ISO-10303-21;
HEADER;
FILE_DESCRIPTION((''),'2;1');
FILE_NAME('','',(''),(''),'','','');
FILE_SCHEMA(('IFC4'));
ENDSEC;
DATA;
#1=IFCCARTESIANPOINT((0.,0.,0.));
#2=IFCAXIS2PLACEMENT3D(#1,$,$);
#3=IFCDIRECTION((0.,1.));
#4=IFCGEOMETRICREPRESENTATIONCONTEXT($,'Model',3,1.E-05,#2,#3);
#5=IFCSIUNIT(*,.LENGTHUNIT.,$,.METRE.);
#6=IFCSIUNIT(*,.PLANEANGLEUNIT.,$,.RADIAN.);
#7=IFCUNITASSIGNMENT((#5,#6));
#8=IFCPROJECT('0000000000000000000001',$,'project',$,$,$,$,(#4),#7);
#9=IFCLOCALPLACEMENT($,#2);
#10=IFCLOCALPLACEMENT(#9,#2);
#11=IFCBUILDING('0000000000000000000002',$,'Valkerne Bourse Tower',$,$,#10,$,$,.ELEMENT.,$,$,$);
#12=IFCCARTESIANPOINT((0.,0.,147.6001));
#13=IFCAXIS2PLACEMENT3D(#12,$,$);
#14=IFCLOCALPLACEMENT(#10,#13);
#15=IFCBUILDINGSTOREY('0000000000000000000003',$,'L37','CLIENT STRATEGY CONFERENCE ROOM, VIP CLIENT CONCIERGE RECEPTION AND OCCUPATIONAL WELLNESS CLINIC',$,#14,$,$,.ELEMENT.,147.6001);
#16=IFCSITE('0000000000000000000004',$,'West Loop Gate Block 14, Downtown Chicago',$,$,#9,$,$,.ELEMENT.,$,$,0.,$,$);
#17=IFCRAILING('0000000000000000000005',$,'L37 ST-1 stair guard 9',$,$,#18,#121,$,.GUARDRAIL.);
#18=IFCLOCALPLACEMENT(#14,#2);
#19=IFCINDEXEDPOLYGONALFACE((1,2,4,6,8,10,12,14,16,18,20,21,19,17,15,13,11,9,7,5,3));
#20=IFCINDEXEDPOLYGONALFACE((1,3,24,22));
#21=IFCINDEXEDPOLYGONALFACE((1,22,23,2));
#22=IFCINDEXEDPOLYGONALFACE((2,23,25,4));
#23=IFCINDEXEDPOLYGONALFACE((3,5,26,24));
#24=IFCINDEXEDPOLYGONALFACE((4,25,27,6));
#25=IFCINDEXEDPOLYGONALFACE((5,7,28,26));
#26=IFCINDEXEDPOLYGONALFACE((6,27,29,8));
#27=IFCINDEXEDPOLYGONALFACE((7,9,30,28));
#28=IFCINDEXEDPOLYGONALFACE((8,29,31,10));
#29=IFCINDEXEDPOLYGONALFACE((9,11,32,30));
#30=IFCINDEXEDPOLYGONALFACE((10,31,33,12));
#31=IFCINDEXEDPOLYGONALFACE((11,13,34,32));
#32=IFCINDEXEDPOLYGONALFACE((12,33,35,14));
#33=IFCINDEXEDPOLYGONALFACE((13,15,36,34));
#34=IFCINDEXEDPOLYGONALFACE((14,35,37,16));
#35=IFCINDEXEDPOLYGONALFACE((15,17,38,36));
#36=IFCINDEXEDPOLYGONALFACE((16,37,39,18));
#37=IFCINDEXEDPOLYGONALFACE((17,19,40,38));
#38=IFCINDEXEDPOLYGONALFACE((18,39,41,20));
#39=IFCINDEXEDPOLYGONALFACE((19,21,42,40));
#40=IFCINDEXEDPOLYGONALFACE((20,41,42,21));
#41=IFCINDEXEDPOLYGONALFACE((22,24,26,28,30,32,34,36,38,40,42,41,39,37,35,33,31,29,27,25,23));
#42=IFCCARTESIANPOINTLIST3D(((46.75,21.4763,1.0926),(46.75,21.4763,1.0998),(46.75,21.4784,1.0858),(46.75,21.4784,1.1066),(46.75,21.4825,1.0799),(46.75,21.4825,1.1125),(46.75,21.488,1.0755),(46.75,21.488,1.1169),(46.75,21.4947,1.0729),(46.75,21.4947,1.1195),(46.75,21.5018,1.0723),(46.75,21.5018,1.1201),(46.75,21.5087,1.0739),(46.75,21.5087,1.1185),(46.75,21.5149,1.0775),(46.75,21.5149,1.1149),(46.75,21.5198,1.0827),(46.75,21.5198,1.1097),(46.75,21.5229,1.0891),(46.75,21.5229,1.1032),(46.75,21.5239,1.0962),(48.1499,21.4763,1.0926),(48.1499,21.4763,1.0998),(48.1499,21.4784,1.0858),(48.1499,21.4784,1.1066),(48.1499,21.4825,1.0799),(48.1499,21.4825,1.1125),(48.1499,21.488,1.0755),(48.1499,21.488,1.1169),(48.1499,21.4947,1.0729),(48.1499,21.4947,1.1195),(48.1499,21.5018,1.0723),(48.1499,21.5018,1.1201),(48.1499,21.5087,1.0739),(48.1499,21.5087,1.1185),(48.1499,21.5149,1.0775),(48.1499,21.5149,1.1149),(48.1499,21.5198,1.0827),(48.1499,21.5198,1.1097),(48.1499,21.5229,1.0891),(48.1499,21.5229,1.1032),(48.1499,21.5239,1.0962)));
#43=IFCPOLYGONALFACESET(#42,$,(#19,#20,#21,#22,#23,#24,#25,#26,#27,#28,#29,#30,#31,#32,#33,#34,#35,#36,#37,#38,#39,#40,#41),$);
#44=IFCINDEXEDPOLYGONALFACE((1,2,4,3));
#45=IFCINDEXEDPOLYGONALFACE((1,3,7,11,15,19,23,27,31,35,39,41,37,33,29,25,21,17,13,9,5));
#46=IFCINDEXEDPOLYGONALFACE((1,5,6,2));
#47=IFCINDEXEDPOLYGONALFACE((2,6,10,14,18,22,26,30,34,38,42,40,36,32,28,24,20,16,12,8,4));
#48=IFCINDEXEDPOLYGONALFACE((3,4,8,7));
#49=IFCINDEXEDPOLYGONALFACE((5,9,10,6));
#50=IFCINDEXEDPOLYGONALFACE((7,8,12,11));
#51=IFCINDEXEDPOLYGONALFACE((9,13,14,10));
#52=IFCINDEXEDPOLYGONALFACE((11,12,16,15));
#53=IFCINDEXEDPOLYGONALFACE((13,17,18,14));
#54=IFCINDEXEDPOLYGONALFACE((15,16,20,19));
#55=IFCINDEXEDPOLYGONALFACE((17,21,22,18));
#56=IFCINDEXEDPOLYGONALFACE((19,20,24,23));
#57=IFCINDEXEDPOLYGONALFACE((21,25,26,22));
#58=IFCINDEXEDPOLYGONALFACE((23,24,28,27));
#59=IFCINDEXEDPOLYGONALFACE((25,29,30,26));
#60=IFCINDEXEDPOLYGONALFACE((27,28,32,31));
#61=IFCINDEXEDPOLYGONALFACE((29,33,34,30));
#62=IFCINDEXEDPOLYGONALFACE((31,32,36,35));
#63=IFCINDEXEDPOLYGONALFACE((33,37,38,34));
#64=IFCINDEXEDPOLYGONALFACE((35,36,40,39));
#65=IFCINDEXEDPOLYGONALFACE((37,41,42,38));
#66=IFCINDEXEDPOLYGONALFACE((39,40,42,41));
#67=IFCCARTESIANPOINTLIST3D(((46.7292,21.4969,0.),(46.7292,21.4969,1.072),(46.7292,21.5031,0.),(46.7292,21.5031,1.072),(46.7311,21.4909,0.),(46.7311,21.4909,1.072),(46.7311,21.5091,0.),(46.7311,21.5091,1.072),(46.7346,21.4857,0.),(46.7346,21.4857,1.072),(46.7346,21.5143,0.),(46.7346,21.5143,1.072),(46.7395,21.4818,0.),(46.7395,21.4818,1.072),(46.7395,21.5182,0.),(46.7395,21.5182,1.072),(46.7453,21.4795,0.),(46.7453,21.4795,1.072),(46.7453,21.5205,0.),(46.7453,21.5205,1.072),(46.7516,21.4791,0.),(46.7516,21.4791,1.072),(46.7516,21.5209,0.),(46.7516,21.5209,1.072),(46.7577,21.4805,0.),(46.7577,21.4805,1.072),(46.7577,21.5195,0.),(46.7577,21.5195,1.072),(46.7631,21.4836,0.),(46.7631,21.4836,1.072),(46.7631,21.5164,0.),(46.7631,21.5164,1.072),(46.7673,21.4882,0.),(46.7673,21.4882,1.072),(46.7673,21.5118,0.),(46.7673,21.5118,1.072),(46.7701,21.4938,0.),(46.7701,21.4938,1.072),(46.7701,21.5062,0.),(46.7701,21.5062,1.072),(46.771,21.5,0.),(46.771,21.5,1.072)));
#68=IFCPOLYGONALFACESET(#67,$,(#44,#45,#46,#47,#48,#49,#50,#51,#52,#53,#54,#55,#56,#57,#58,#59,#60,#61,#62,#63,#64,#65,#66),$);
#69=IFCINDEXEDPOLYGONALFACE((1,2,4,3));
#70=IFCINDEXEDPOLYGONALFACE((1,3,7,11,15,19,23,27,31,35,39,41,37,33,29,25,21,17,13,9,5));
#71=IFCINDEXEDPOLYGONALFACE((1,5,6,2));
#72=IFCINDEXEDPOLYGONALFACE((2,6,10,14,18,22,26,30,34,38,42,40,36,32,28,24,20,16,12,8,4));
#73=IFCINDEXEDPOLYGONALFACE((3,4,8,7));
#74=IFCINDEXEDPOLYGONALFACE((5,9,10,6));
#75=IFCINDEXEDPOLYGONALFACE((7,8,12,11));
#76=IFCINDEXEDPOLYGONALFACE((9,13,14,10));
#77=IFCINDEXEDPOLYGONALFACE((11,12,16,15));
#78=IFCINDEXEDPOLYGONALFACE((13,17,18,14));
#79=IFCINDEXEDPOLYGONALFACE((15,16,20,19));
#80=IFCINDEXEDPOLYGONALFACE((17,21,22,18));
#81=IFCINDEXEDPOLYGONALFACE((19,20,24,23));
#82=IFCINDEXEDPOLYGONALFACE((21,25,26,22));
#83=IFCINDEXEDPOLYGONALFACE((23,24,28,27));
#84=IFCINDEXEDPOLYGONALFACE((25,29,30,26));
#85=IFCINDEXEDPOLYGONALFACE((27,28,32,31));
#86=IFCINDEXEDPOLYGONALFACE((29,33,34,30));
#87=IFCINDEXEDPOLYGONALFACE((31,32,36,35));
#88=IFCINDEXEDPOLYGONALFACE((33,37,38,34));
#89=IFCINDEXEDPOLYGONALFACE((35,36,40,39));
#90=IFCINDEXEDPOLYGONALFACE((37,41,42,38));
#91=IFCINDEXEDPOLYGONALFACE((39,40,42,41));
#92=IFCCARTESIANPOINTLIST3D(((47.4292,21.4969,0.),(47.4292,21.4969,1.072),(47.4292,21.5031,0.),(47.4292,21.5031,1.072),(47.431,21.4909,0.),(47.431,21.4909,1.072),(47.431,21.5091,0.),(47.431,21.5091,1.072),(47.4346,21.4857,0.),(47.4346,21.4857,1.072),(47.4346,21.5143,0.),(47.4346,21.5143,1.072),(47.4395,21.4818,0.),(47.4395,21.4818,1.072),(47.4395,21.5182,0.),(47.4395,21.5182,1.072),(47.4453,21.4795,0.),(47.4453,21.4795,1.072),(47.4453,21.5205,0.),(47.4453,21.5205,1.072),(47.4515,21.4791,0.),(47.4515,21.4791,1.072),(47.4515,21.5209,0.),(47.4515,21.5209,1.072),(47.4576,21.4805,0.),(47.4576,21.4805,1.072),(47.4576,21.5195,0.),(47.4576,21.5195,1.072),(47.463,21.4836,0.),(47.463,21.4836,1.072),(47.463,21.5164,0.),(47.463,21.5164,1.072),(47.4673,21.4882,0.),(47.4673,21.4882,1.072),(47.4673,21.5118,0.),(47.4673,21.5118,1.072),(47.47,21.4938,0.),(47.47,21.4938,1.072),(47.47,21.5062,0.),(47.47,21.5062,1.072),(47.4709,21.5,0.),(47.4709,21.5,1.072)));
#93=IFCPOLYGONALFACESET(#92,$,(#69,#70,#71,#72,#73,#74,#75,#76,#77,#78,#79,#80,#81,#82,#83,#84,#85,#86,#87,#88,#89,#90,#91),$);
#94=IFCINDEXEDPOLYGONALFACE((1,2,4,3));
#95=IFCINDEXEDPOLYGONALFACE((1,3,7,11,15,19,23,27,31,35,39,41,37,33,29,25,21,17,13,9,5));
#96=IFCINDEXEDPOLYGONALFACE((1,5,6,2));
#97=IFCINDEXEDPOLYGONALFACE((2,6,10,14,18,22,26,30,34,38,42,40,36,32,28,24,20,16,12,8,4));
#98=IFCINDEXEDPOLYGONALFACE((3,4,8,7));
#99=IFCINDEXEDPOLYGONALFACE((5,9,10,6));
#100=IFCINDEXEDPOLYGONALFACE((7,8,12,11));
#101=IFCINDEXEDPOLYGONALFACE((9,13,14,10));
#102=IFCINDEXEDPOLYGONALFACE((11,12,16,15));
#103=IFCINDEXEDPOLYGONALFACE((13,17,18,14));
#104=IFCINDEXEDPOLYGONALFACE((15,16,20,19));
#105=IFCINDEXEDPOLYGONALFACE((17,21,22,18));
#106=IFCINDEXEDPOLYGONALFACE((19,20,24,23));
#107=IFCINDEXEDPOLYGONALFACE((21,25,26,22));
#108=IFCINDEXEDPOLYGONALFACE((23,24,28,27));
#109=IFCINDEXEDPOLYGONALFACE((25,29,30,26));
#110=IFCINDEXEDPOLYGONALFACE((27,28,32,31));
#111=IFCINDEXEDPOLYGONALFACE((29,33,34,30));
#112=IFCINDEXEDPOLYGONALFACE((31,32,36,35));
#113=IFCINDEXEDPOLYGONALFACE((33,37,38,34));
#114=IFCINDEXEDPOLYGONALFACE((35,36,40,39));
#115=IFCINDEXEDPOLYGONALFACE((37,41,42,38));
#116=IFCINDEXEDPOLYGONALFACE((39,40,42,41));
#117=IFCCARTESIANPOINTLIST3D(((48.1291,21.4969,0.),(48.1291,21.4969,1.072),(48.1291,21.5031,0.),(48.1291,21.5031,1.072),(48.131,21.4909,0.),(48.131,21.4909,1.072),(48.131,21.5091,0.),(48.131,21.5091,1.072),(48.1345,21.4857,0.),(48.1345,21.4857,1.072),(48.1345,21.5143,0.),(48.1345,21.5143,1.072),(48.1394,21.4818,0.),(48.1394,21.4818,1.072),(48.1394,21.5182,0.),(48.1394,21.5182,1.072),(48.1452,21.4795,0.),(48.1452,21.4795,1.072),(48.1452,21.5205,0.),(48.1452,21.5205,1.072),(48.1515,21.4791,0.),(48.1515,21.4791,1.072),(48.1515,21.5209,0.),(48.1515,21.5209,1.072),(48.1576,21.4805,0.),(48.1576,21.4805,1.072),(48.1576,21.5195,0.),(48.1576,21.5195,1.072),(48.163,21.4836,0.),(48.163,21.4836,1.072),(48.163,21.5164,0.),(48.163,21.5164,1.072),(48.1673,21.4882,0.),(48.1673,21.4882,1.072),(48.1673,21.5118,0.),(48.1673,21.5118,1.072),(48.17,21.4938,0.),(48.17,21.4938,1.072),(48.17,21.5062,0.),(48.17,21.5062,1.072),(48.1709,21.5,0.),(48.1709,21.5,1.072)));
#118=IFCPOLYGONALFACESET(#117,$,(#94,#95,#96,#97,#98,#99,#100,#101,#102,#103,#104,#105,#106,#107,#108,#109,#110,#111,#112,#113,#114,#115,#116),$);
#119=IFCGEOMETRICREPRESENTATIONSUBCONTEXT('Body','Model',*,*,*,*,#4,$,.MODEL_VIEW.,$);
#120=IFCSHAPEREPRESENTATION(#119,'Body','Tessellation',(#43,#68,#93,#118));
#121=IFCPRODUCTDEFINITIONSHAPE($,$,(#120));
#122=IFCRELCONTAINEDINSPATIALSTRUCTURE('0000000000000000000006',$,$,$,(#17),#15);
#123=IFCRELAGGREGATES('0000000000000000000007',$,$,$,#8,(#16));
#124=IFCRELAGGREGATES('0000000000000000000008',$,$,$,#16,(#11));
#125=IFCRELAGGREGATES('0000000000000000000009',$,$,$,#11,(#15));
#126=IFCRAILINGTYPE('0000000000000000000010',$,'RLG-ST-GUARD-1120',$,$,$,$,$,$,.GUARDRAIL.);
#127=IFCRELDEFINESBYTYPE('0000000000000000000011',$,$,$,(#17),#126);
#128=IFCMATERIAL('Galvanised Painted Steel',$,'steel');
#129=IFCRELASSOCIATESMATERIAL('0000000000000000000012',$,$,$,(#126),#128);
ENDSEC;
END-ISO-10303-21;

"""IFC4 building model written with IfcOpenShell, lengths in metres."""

from ifc_helpers import new_model, si_unit, direction, frame, origin, origin_2d, place, context, subcontext, project, spatial, circle, extrude, material, type_object, element, save


model = new_model("IFC4")

# Units and contexts
model_context = context("Model", 3, precision=1e-05, world=origin(), true_north=direction((0.0, 1.0)))
body_context = subcontext(model_context, "Body", "Model", "MODEL_VIEW")
ifc_project = project(units=[si_unit("LENGTHUNIT", "METRE"), si_unit("PLANEANGLEUNIT", "RADIAN")], contexts=[model_context])

# Site, building, storey
site_placement = place(None, origin())
site = spatial("IfcSite", under=ifc_project, at=site_placement, Name="West Loop Gate Block 14, Downtown Chicago", CompositionType="ELEMENT", RefElevation=0.0)
building_placement = place(site_placement, origin())
building = spatial("IfcBuilding", under=site, at=building_placement, Name="Valkerne Bourse Tower", CompositionType="ELEMENT")
storey_placement = place(building_placement, frame((0.0, 0.0, 147.6001)))
storey = spatial("IfcBuildingStorey", under=building, at=storey_placement, Name="L37", Description="CLIENT STRATEGY CONFERENCE ROOM, VIP CLIENT CONCIERGE RECEPTION AND OCCUPATIONAL WELLNESS CLINIC", CompositionType="ELEMENT", Elevation=147.6001)

# Shared definitions
ifc_material_1 = material(Name="Galvanised Painted Steel", Category="steel")

# Railing
railing_type_1 = type_object("IfcRailingType", Name="RLG-ST-GUARD-1120", PredefinedType="GUARDRAIL", material=ifc_material_1)
for number, where, name in (
    (1, (46.75, 21.5, 0.0), "L37 ST-1 stair guard 9"),
):
    element("IfcRailing", number, at=place(storey_placement, frame(where)), inside=storey, type_object=railing_type_1, Name=name, PredefinedType="GUARDRAIL", context=body_context, shape_type="SweptSolid", body=[
        extrude(circle(Radius=0.0239, at=origin_2d()), frame((0.0, 0.0, 1.0962), z_axis=(1.0, 0.0, 0.0), x_axis=(0.0, 1.0, 0.0)), (0.0, 0.0, 1.0), 1.3999),
        extrude(circle(Radius=0.021, at=origin_2d()), origin(), (0.0, 0.0, 1.0), 1.072),
        extrude(circle(Radius=0.021, at=origin_2d()), frame((0.7, 0.0, 0.0)), (0.0, 0.0, 1.0), 1.072),
        extrude(circle(Radius=0.021, at=origin_2d()), frame((1.3999, 0.0, 0.0)), (0.0, 0.0, 1.0), 1.072),
    ])

save(model, "model.ifc")
